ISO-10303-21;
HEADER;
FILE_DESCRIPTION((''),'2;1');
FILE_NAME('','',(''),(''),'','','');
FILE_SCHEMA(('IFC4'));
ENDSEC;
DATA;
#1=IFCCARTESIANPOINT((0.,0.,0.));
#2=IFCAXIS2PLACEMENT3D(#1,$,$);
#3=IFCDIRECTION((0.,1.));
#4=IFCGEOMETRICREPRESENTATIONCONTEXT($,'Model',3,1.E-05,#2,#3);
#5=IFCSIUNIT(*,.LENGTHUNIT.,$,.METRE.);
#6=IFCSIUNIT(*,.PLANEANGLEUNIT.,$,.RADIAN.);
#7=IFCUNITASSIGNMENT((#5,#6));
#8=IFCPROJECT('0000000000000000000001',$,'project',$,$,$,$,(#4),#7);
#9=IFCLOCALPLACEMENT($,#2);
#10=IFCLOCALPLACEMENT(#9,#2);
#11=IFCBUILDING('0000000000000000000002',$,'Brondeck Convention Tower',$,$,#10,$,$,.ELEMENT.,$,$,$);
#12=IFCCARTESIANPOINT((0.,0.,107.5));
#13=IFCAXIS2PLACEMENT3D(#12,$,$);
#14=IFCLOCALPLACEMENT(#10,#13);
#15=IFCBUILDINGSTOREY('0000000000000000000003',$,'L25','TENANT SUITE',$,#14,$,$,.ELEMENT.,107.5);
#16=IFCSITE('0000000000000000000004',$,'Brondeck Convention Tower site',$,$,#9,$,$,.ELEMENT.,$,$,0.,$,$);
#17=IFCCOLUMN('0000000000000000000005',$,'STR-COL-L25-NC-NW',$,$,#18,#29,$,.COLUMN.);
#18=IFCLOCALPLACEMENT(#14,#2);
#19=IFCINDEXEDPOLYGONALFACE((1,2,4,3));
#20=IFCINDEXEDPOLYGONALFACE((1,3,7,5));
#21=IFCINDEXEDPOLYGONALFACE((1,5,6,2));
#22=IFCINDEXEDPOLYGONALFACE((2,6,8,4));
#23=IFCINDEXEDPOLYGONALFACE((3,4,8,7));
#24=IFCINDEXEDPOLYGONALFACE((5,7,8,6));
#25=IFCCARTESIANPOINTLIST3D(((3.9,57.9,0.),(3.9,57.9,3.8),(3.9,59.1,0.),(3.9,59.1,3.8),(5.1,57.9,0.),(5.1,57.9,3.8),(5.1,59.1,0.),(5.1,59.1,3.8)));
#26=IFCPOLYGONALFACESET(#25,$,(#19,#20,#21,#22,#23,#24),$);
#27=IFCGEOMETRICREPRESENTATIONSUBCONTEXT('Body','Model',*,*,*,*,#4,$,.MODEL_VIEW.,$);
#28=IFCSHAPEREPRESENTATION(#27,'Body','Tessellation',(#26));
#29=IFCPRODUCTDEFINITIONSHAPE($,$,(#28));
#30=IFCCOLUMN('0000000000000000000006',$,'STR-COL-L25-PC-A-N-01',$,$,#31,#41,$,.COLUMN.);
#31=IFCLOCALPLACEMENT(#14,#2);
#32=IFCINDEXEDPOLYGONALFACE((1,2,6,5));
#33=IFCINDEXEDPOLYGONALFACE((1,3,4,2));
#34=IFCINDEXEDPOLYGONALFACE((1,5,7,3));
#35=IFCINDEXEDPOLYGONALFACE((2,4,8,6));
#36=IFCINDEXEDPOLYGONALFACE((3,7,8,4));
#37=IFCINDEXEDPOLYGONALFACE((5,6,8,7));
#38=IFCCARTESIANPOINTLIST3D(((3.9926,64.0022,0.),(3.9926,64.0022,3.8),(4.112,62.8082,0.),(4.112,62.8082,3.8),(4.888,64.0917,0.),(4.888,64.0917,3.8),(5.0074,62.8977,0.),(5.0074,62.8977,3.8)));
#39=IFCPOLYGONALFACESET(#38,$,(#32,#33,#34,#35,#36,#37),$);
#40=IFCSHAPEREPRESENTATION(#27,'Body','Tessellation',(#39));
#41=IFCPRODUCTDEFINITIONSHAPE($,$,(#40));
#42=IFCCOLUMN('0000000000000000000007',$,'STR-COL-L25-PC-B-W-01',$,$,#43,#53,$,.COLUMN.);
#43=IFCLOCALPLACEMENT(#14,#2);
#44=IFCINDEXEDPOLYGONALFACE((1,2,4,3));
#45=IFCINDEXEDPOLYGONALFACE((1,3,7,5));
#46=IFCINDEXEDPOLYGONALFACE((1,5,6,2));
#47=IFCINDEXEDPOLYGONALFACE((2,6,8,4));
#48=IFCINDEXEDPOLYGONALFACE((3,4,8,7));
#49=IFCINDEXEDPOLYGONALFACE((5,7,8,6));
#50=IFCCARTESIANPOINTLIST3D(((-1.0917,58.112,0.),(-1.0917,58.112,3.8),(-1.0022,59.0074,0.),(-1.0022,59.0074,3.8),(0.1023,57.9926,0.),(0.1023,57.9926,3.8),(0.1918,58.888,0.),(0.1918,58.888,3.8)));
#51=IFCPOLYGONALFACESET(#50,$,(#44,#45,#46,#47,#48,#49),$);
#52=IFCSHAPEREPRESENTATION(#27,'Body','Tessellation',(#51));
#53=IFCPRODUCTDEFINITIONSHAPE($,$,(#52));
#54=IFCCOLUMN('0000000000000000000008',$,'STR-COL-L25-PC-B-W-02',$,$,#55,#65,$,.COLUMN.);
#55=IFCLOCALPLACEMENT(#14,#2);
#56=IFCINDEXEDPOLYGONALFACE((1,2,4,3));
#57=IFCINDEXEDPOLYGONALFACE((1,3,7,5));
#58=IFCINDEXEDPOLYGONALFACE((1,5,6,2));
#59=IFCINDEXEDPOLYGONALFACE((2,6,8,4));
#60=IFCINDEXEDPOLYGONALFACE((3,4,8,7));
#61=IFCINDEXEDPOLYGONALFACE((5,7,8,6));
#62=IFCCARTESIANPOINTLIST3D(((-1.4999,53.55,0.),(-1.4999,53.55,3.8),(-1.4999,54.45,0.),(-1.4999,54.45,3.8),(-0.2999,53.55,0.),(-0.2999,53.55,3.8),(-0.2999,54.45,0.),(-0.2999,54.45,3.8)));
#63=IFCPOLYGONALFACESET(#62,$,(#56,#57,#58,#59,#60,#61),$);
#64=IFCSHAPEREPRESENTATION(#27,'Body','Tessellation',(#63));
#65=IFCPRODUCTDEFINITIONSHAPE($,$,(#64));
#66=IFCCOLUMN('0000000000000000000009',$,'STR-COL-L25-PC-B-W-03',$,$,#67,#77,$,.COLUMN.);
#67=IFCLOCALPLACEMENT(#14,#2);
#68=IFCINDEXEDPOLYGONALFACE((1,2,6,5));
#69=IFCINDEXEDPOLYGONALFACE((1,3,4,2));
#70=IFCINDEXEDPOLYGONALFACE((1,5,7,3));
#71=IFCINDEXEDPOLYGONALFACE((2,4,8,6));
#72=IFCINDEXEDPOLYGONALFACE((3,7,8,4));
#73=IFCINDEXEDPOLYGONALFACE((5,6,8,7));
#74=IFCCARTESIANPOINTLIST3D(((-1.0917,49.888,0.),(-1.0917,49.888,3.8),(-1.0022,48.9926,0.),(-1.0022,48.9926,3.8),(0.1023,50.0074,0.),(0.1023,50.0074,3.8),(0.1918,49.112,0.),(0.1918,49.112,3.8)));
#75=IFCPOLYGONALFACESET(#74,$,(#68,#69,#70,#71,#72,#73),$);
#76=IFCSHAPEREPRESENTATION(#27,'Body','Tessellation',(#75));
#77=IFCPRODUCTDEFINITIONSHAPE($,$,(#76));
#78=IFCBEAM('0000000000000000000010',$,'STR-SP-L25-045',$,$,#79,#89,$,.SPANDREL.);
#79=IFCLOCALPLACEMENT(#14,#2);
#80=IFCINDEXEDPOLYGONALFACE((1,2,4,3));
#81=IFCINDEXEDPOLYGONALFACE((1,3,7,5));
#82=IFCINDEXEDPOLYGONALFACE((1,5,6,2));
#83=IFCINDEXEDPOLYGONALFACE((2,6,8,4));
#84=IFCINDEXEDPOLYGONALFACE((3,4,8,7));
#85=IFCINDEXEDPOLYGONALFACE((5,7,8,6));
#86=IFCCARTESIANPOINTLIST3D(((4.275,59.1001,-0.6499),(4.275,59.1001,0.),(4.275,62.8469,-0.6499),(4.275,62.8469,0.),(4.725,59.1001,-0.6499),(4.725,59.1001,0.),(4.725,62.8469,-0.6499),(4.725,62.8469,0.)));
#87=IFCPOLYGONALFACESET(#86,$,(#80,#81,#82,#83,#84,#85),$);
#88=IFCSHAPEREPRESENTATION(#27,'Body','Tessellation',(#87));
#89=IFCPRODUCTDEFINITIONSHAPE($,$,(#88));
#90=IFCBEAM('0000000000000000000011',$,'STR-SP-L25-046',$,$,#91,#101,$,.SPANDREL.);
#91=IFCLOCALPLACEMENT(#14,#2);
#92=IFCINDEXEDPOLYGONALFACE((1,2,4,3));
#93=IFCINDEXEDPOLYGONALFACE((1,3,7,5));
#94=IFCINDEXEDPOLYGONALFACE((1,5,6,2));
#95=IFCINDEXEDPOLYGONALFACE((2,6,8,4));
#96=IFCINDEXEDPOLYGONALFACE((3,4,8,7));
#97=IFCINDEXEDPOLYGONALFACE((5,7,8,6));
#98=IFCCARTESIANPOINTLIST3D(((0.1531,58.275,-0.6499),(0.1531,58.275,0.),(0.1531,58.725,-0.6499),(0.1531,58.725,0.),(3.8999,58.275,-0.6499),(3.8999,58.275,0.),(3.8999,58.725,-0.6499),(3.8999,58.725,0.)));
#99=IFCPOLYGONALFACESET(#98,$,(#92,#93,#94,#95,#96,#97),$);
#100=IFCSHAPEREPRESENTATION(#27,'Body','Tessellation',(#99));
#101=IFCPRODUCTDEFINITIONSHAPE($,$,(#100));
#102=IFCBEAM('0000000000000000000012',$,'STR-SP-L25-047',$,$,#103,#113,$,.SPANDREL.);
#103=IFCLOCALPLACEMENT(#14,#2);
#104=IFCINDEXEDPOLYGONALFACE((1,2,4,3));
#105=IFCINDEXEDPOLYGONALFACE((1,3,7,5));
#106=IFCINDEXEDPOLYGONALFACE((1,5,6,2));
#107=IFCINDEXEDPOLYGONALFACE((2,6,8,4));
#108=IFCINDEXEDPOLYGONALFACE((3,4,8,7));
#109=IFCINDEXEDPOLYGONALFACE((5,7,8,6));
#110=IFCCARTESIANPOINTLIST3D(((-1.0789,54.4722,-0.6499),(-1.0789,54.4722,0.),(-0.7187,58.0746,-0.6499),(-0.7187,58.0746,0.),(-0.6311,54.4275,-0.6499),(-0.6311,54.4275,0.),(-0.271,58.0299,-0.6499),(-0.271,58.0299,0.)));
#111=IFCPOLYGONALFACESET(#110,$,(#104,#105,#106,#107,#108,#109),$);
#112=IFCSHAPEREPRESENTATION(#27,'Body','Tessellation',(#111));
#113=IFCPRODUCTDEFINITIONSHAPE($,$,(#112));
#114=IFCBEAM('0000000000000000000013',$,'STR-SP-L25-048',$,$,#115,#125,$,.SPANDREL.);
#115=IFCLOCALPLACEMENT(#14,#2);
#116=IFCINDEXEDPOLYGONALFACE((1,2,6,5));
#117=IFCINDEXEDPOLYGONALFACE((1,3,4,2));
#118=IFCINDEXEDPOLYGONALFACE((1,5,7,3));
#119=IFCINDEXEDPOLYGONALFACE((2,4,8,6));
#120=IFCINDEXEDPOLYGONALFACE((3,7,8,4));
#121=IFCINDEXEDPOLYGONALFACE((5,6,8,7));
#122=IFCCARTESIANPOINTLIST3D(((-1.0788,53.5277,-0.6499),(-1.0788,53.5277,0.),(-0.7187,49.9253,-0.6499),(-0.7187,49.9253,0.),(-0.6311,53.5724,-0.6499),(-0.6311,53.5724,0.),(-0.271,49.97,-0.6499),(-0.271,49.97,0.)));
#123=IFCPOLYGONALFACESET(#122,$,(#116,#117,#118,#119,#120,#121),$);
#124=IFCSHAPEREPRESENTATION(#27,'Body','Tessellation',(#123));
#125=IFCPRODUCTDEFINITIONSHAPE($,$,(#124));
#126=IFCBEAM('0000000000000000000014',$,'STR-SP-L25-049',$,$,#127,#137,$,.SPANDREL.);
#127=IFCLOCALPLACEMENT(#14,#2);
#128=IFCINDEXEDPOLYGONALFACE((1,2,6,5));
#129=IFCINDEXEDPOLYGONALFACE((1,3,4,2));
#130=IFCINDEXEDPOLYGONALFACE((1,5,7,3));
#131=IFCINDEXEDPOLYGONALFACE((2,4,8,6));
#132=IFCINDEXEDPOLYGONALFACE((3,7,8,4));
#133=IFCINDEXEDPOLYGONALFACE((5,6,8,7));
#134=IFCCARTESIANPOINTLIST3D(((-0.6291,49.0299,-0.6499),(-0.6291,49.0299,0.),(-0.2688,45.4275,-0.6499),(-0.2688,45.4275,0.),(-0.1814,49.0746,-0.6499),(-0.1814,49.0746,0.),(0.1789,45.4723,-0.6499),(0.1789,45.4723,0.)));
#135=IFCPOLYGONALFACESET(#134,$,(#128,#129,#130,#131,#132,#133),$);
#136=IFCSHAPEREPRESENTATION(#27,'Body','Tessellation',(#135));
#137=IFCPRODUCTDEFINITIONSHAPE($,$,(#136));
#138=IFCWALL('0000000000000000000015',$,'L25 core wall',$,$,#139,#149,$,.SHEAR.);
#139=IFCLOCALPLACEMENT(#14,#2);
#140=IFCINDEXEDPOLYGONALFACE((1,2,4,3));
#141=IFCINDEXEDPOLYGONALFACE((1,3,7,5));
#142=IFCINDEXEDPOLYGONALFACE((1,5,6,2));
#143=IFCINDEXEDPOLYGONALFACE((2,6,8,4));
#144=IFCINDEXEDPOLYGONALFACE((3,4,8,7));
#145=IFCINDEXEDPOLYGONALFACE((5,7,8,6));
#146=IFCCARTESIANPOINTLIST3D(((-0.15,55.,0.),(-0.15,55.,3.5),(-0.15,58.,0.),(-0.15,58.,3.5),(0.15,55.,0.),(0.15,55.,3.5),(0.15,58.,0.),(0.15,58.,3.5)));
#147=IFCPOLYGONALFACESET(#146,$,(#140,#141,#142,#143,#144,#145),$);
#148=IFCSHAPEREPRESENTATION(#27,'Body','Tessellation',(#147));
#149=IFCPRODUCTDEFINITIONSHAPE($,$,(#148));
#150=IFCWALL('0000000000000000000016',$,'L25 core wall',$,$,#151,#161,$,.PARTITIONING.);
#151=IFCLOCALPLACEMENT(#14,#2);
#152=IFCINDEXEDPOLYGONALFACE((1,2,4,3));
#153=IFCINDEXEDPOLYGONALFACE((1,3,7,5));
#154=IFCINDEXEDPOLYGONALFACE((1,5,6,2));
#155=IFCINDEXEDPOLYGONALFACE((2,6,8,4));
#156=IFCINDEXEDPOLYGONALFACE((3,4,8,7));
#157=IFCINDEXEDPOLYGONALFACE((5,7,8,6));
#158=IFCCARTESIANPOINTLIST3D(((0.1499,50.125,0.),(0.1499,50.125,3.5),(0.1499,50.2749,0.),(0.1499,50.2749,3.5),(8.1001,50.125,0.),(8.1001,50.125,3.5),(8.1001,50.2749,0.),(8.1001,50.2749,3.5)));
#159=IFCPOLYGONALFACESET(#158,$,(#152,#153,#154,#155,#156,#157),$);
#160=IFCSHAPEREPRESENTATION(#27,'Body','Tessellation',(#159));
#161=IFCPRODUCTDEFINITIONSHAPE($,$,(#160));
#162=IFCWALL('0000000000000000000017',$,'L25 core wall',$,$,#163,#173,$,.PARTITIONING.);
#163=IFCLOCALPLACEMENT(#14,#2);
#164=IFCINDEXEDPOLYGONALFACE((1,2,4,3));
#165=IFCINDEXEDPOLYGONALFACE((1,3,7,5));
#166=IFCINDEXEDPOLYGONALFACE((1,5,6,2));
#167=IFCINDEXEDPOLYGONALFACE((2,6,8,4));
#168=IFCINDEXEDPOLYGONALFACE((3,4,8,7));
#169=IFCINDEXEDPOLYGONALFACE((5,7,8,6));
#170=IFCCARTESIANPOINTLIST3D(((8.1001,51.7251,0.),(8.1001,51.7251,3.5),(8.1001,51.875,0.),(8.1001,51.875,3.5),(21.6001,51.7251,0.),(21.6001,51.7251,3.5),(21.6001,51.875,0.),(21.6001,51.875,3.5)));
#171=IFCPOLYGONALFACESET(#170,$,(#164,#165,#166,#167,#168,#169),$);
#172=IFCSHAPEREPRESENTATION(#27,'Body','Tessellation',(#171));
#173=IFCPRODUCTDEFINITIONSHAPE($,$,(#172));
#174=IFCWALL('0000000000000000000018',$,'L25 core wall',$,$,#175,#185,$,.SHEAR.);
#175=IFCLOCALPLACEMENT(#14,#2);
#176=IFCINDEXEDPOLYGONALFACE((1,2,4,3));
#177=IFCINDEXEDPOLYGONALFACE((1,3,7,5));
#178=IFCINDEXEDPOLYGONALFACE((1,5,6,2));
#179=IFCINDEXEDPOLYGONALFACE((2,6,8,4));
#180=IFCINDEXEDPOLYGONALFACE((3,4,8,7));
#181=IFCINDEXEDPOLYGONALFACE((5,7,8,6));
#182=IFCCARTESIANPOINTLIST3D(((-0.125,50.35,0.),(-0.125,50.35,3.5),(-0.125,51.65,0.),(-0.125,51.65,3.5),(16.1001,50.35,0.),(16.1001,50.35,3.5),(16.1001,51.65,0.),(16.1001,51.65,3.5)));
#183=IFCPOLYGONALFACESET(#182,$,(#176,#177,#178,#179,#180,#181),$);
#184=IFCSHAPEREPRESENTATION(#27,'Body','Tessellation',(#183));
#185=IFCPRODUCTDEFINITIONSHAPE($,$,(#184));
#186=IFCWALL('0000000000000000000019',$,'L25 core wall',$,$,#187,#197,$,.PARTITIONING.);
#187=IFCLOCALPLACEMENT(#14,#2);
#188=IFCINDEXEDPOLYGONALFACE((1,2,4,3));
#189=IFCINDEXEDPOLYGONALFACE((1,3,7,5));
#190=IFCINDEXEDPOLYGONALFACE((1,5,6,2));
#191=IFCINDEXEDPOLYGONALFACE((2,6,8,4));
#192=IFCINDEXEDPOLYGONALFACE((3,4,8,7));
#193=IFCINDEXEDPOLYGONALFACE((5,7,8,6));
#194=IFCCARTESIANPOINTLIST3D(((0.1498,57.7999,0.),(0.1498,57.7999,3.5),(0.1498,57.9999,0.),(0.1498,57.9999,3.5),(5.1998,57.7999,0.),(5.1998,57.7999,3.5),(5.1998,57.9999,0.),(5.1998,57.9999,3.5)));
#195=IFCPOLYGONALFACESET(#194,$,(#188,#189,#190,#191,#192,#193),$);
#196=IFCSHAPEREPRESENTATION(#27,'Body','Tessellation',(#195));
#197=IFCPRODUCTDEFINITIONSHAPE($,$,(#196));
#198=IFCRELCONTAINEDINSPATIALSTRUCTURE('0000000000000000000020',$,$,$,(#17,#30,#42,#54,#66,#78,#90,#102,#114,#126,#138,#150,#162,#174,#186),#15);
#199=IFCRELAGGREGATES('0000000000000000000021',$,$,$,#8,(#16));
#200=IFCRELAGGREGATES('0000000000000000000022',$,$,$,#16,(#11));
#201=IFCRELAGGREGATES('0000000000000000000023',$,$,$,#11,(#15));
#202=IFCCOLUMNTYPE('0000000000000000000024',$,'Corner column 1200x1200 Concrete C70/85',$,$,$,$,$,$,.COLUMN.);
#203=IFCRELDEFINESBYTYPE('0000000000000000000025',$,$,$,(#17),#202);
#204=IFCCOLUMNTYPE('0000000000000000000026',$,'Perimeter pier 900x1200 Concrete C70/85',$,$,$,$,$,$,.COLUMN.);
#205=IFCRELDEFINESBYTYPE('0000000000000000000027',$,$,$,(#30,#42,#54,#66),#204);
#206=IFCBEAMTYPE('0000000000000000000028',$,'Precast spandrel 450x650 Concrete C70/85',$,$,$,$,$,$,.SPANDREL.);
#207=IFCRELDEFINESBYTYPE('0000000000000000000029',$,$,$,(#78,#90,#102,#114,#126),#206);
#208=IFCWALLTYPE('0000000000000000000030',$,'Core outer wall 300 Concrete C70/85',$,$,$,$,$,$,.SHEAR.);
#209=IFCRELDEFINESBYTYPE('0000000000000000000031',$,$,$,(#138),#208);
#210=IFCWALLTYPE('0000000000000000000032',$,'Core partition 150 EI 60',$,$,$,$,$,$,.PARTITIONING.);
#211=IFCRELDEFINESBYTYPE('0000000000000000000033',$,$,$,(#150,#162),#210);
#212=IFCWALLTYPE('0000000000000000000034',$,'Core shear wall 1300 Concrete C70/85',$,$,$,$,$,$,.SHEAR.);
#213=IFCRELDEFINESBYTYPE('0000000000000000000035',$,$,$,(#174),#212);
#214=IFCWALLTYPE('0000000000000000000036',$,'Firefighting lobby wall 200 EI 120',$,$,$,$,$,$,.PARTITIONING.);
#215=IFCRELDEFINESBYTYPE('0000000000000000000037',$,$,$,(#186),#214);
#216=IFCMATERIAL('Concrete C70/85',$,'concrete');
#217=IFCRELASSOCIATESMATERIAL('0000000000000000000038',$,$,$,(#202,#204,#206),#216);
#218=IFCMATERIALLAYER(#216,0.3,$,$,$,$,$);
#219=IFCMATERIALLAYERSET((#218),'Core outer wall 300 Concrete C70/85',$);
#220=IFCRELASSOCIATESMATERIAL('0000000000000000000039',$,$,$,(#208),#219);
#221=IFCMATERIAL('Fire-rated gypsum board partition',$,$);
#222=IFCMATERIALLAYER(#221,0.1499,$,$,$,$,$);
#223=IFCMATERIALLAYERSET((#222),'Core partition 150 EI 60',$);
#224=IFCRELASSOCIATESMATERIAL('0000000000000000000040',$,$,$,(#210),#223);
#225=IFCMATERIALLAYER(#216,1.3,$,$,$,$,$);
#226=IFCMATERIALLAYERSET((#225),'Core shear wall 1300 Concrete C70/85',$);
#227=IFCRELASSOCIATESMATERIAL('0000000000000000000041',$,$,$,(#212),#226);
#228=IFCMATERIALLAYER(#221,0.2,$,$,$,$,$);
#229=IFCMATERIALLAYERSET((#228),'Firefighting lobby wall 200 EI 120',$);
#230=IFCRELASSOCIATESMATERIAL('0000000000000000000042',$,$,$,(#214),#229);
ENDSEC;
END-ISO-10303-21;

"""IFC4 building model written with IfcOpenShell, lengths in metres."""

from ifc_helpers import new_model, si_unit, direction, frame, frame_2d, origin, origin_2d, place, context, subcontext, project, spatial, rectangle, extrude, material, layer, layer_set, material_profile, profile_set, type_object, element, save


model = new_model("IFC4")

# Units and contexts
model_context = context("Model", 3, precision=1e-05, world=origin(), true_north=direction((0.0, 1.0)))
body_context = subcontext(model_context, "Body", "Model", "MODEL_VIEW")
ifc_project = project(units=[si_unit("LENGTHUNIT", "METRE"), si_unit("PLANEANGLEUNIT", "RADIAN")], contexts=[model_context])

# Site, building, storey
site_placement = place(None, origin())
site = spatial("IfcSite", under=ifc_project, at=site_placement, Name="Brondeck Convention Tower site", CompositionType="ELEMENT", RefElevation=0.0)
building_placement = place(site_placement, origin())
building = spatial("IfcBuilding", under=site, at=building_placement, Name="Brondeck Convention Tower", CompositionType="ELEMENT")
storey_placement = place(building_placement, frame((0.0, 0.0, 107.5)))
storey = spatial("IfcBuildingStorey", under=building, at=storey_placement, Name="L25", Description="TENANT SUITE", CompositionType="ELEMENT", Elevation=107.5)

# Columns
ifc_material_1 = material(Name="Concrete C70/85", Category="concrete")
ifc_material_profile_1 = material_profile(ifc_material_1, rectangle(XDim=1.2, YDim=1.2, at=origin_2d()), Name="Corner column 1200x1200 Concrete C70/85")
ifc_profile_set_1 = profile_set([ifc_material_profile_1], Name="Concrete C70/85")
column_type_1 = type_object("IfcColumnType", Name="Corner column 1200x1200 Concrete C70/85", PredefinedType="COLUMN", material=ifc_profile_set_1)
column_placement = place(storey_placement, frame((4.5, 58.5, 0.0), z_axis=(0.0, 0.0, 1.0), x_axis=(1.0, 0.0, 0.0)))
element("IfcColumn", 1, at=column_placement, inside=storey, type_object=column_type_1, Name="STR-COL-L25-NC-NW", PredefinedType="COLUMN", context=body_context, shape_type="SweptSolid", body=[
    extrude(rectangle(XDim=1.2, YDim=1.2, at=origin_2d()), origin(), (0.0, 0.0, 1.0), 3.8),
])
ifc_material_profile_2 = material_profile(ifc_material_1, rectangle(XDim=0.8999, YDim=1.2, at=origin_2d()), Name="Perimeter pier 900x1200 Concrete C70/85")
ifc_profile_set_2 = profile_set([ifc_material_profile_2], Name="Concrete C70/85")
column_type_2 = type_object("IfcColumnType", Name="Perimeter pier 900x1200 Concrete C70/85", PredefinedType="COLUMN", material=ifc_profile_set_2)
for number, where, z_axis, x_axis, name in (
    (2, (4.5, 63.45, 0.0), (0.0, 0.0, 1.0), (-0.995037, -0.099504, 0.0), "STR-COL-L25-PC-A-N-01"),
    (3, (-0.45, 58.5, 0.0), (0.0, 0.0, 1.0), (-0.099504, -0.995037, 0.0), "STR-COL-L25-PC-B-W-01"),
    (4, (-0.8999, 54.0, 0.0), (0.0, 0.0, 1.0), (0.0, -1.0, 0.0), "STR-COL-L25-PC-B-W-02"),
    (5, (-0.45, 49.5, 0.0), (0.0, 0.0, 1.0), (0.099504, -0.995037, 0.0), "STR-COL-L25-PC-B-W-03"),
):
    element("IfcColumn", number, at=place(storey_placement, frame(where, z_axis=z_axis, x_axis=x_axis)), inside=storey, type_object=column_type_2, Name=name, PredefinedType="COLUMN", context=body_context, shape_type="SweptSolid", body=[
        extrude(rectangle(XDim=0.8999, YDim=1.2, at=origin_2d()), origin(), (0.0, 0.0, 1.0), 3.8),
    ])

# Beams
ifc_material_profile_3 = material_profile(ifc_material_1, rectangle(XDim=0.45, YDim=0.6499, at=origin_2d()), Name="Precast spandrel 450x650 Concrete C70/85")
ifc_profile_set_3 = profile_set([ifc_material_profile_3], Name="Concrete C70/85")
beam_type = type_object("IfcBeamType", Name="Precast spandrel 450x650 Concrete C70/85", PredefinedType="SPANDREL", material=ifc_profile_set_3)
for number, where, z_axis, x_axis, name in (
    (6, (4.5, 62.8469, -0.325), (0.0, -1.0, 0.0), (1.0, 0.0, 0.0), "STR-SP-L25-045"),
    (7, (3.8999, 58.5, -0.325), (-1.0, 0.0, 0.0), (0.0, -1.0, 0.0), "STR-SP-L25-046"),
):
    element("IfcBeam", number, at=place(storey_placement, frame(where, z_axis=z_axis, x_axis=x_axis)), inside=storey, type_object=beam_type, Name=name, PredefinedType="SPANDREL", context=body_context, shape_type="SweptSolid", body=[
        extrude(rectangle(XDim=0.45, YDim=0.6499, at=origin_2d()), origin(), (0.0, 0.0, 1.0), 3.7468),
    ])
for number, where, z_axis, x_axis, name in (
    (8, (-0.4949, 58.0522, -0.325), (-0.09947, -0.995041, 0.0), (0.995041, -0.09947, 0.0), "STR-SP-L25-047"),
    (9, (-0.855, 53.55, -0.325), (0.09947, -0.995041, 0.0), (0.995041, 0.09947, 0.0), "STR-SP-L25-048"),
    (10, (-0.4053, 49.0522, -0.325), (0.099537, -0.995034, 0.0), (0.995034, 0.099537, 0.0), "STR-SP-L25-049"),
):
    element("IfcBeam", number, at=place(storey_placement, frame(where, z_axis=z_axis, x_axis=x_axis)), inside=storey, type_object=beam_type, Name=name, PredefinedType="SPANDREL", context=body_context, shape_type="SweptSolid", body=[
        extrude(rectangle(XDim=0.45, YDim=0.6499, at=origin_2d()), origin(), (0.0, 0.0, 1.0), 3.6204),
    ])

# Walls
ifc_layer_1 = layer(ifc_material_1, 0.3)
ifc_layer_set_1 = layer_set([ifc_layer_1], Name="Core outer wall 300 Concrete C70/85")
wall_type_1 = type_object("IfcWallType", Name="Core outer wall 300 Concrete C70/85", PredefinedType="SHEAR", material=ifc_layer_set_1)
wall_1_placement = place(storey_placement, frame((0.0, 55.0, 0.0), z_axis=(0.0, 0.0, 1.0), x_axis=(0.0, 1.0, 0.0)))
element("IfcWall", 11, at=wall_1_placement, inside=storey, type_object=wall_type_1, Name="L25 core wall", PredefinedType="SHEAR", context=body_context, shape_type="SweptSolid", body=[
    extrude(rectangle(XDim=3.0, YDim=0.3, at=frame_2d((1.5, 0.0))), origin(), (0.0, 0.0, 1.0), 3.5),
])
ifc_material_2 = material(Name="Fire-rated gypsum board partition")
ifc_layer_2 = layer(ifc_material_2, 0.1499)
ifc_layer_set_2 = layer_set([ifc_layer_2], Name="Core partition 150 EI 60")
wall_type_2 = type_object("IfcWallType", Name="Core partition 150 EI 60", PredefinedType="PARTITIONING", material=ifc_layer_set_2)
wall_2_placement = place(storey_placement, frame((0.1499, 50.2, 0.0), z_axis=(0.0, 0.0, 1.0), x_axis=(1.0, 0.0, 0.0)))
element("IfcWall", 12, at=wall_2_placement, inside=storey, type_object=wall_type_2, Name="L25 core wall", PredefinedType="PARTITIONING", context=body_context, shape_type="SweptSolid", body=[
    extrude(rectangle(XDim=7.9502, YDim=0.1499, at=frame_2d((3.9751, 0.0))), origin(), (0.0, 0.0, 1.0), 3.5),
])
wall_3_placement = place(storey_placement, frame((8.1001, 51.8, 0.0), z_axis=(0.0, 0.0, 1.0), x_axis=(1.0, 0.0, 0.0)))
element("IfcWall", 13, at=wall_3_placement, inside=storey, type_object=wall_type_2, Name="L25 core wall", PredefinedType="PARTITIONING", context=body_context, shape_type="SweptSolid", body=[
    extrude(rectangle(XDim=13.5, YDim=0.1499, at=frame_2d((6.75, 0.0))), origin(), (0.0, 0.0, 1.0), 3.5),
])
ifc_layer_3 = layer(ifc_material_1, 1.3)
ifc_layer_set_3 = layer_set([ifc_layer_3], Name="Core shear wall 1300 Concrete C70/85")
wall_type_3 = type_object("IfcWallType", Name="Core shear wall 1300 Concrete C70/85", PredefinedType="SHEAR", material=ifc_layer_set_3)
wall_4_placement = place(storey_placement, frame((-0.125, 51.0, 0.0), z_axis=(0.0, 0.0, 1.0), x_axis=(1.0, 0.0, 0.0)))
element("IfcWall", 14, at=wall_4_placement, inside=storey, type_object=wall_type_3, Name="L25 core wall", PredefinedType="SHEAR", context=body_context, shape_type="SweptSolid", body=[
    extrude(rectangle(XDim=16.2251, YDim=1.3, at=frame_2d((8.1125, 0.0))), origin(), (0.0, 0.0, 1.0), 3.5),
])
ifc_layer_4 = layer(ifc_material_2, 0.2)
ifc_layer_set_4 = layer_set([ifc_layer_4], Name="Firefighting lobby wall 200 EI 120")
wall_type_4 = type_object("IfcWallType", Name="Firefighting lobby wall 200 EI 120", PredefinedType="PARTITIONING", material=ifc_layer_set_4)
wall_5_placement = place(storey_placement, frame((0.1499, 57.8999, 0.0), z_axis=(0.0, 0.0, 1.0), x_axis=(1.0, 0.0, 0.0)))
element("IfcWall", 15, at=wall_5_placement, inside=storey, type_object=wall_type_4, Name="L25 core wall", PredefinedType="PARTITIONING", context=body_context, shape_type="SweptSolid", body=[
    extrude(rectangle(XDim=5.05, YDim=0.2, at=frame_2d((2.5249, 0.0))), origin(), (0.0, 0.0, 1.0), 3.5),
])

save(model, "model.ifc")
